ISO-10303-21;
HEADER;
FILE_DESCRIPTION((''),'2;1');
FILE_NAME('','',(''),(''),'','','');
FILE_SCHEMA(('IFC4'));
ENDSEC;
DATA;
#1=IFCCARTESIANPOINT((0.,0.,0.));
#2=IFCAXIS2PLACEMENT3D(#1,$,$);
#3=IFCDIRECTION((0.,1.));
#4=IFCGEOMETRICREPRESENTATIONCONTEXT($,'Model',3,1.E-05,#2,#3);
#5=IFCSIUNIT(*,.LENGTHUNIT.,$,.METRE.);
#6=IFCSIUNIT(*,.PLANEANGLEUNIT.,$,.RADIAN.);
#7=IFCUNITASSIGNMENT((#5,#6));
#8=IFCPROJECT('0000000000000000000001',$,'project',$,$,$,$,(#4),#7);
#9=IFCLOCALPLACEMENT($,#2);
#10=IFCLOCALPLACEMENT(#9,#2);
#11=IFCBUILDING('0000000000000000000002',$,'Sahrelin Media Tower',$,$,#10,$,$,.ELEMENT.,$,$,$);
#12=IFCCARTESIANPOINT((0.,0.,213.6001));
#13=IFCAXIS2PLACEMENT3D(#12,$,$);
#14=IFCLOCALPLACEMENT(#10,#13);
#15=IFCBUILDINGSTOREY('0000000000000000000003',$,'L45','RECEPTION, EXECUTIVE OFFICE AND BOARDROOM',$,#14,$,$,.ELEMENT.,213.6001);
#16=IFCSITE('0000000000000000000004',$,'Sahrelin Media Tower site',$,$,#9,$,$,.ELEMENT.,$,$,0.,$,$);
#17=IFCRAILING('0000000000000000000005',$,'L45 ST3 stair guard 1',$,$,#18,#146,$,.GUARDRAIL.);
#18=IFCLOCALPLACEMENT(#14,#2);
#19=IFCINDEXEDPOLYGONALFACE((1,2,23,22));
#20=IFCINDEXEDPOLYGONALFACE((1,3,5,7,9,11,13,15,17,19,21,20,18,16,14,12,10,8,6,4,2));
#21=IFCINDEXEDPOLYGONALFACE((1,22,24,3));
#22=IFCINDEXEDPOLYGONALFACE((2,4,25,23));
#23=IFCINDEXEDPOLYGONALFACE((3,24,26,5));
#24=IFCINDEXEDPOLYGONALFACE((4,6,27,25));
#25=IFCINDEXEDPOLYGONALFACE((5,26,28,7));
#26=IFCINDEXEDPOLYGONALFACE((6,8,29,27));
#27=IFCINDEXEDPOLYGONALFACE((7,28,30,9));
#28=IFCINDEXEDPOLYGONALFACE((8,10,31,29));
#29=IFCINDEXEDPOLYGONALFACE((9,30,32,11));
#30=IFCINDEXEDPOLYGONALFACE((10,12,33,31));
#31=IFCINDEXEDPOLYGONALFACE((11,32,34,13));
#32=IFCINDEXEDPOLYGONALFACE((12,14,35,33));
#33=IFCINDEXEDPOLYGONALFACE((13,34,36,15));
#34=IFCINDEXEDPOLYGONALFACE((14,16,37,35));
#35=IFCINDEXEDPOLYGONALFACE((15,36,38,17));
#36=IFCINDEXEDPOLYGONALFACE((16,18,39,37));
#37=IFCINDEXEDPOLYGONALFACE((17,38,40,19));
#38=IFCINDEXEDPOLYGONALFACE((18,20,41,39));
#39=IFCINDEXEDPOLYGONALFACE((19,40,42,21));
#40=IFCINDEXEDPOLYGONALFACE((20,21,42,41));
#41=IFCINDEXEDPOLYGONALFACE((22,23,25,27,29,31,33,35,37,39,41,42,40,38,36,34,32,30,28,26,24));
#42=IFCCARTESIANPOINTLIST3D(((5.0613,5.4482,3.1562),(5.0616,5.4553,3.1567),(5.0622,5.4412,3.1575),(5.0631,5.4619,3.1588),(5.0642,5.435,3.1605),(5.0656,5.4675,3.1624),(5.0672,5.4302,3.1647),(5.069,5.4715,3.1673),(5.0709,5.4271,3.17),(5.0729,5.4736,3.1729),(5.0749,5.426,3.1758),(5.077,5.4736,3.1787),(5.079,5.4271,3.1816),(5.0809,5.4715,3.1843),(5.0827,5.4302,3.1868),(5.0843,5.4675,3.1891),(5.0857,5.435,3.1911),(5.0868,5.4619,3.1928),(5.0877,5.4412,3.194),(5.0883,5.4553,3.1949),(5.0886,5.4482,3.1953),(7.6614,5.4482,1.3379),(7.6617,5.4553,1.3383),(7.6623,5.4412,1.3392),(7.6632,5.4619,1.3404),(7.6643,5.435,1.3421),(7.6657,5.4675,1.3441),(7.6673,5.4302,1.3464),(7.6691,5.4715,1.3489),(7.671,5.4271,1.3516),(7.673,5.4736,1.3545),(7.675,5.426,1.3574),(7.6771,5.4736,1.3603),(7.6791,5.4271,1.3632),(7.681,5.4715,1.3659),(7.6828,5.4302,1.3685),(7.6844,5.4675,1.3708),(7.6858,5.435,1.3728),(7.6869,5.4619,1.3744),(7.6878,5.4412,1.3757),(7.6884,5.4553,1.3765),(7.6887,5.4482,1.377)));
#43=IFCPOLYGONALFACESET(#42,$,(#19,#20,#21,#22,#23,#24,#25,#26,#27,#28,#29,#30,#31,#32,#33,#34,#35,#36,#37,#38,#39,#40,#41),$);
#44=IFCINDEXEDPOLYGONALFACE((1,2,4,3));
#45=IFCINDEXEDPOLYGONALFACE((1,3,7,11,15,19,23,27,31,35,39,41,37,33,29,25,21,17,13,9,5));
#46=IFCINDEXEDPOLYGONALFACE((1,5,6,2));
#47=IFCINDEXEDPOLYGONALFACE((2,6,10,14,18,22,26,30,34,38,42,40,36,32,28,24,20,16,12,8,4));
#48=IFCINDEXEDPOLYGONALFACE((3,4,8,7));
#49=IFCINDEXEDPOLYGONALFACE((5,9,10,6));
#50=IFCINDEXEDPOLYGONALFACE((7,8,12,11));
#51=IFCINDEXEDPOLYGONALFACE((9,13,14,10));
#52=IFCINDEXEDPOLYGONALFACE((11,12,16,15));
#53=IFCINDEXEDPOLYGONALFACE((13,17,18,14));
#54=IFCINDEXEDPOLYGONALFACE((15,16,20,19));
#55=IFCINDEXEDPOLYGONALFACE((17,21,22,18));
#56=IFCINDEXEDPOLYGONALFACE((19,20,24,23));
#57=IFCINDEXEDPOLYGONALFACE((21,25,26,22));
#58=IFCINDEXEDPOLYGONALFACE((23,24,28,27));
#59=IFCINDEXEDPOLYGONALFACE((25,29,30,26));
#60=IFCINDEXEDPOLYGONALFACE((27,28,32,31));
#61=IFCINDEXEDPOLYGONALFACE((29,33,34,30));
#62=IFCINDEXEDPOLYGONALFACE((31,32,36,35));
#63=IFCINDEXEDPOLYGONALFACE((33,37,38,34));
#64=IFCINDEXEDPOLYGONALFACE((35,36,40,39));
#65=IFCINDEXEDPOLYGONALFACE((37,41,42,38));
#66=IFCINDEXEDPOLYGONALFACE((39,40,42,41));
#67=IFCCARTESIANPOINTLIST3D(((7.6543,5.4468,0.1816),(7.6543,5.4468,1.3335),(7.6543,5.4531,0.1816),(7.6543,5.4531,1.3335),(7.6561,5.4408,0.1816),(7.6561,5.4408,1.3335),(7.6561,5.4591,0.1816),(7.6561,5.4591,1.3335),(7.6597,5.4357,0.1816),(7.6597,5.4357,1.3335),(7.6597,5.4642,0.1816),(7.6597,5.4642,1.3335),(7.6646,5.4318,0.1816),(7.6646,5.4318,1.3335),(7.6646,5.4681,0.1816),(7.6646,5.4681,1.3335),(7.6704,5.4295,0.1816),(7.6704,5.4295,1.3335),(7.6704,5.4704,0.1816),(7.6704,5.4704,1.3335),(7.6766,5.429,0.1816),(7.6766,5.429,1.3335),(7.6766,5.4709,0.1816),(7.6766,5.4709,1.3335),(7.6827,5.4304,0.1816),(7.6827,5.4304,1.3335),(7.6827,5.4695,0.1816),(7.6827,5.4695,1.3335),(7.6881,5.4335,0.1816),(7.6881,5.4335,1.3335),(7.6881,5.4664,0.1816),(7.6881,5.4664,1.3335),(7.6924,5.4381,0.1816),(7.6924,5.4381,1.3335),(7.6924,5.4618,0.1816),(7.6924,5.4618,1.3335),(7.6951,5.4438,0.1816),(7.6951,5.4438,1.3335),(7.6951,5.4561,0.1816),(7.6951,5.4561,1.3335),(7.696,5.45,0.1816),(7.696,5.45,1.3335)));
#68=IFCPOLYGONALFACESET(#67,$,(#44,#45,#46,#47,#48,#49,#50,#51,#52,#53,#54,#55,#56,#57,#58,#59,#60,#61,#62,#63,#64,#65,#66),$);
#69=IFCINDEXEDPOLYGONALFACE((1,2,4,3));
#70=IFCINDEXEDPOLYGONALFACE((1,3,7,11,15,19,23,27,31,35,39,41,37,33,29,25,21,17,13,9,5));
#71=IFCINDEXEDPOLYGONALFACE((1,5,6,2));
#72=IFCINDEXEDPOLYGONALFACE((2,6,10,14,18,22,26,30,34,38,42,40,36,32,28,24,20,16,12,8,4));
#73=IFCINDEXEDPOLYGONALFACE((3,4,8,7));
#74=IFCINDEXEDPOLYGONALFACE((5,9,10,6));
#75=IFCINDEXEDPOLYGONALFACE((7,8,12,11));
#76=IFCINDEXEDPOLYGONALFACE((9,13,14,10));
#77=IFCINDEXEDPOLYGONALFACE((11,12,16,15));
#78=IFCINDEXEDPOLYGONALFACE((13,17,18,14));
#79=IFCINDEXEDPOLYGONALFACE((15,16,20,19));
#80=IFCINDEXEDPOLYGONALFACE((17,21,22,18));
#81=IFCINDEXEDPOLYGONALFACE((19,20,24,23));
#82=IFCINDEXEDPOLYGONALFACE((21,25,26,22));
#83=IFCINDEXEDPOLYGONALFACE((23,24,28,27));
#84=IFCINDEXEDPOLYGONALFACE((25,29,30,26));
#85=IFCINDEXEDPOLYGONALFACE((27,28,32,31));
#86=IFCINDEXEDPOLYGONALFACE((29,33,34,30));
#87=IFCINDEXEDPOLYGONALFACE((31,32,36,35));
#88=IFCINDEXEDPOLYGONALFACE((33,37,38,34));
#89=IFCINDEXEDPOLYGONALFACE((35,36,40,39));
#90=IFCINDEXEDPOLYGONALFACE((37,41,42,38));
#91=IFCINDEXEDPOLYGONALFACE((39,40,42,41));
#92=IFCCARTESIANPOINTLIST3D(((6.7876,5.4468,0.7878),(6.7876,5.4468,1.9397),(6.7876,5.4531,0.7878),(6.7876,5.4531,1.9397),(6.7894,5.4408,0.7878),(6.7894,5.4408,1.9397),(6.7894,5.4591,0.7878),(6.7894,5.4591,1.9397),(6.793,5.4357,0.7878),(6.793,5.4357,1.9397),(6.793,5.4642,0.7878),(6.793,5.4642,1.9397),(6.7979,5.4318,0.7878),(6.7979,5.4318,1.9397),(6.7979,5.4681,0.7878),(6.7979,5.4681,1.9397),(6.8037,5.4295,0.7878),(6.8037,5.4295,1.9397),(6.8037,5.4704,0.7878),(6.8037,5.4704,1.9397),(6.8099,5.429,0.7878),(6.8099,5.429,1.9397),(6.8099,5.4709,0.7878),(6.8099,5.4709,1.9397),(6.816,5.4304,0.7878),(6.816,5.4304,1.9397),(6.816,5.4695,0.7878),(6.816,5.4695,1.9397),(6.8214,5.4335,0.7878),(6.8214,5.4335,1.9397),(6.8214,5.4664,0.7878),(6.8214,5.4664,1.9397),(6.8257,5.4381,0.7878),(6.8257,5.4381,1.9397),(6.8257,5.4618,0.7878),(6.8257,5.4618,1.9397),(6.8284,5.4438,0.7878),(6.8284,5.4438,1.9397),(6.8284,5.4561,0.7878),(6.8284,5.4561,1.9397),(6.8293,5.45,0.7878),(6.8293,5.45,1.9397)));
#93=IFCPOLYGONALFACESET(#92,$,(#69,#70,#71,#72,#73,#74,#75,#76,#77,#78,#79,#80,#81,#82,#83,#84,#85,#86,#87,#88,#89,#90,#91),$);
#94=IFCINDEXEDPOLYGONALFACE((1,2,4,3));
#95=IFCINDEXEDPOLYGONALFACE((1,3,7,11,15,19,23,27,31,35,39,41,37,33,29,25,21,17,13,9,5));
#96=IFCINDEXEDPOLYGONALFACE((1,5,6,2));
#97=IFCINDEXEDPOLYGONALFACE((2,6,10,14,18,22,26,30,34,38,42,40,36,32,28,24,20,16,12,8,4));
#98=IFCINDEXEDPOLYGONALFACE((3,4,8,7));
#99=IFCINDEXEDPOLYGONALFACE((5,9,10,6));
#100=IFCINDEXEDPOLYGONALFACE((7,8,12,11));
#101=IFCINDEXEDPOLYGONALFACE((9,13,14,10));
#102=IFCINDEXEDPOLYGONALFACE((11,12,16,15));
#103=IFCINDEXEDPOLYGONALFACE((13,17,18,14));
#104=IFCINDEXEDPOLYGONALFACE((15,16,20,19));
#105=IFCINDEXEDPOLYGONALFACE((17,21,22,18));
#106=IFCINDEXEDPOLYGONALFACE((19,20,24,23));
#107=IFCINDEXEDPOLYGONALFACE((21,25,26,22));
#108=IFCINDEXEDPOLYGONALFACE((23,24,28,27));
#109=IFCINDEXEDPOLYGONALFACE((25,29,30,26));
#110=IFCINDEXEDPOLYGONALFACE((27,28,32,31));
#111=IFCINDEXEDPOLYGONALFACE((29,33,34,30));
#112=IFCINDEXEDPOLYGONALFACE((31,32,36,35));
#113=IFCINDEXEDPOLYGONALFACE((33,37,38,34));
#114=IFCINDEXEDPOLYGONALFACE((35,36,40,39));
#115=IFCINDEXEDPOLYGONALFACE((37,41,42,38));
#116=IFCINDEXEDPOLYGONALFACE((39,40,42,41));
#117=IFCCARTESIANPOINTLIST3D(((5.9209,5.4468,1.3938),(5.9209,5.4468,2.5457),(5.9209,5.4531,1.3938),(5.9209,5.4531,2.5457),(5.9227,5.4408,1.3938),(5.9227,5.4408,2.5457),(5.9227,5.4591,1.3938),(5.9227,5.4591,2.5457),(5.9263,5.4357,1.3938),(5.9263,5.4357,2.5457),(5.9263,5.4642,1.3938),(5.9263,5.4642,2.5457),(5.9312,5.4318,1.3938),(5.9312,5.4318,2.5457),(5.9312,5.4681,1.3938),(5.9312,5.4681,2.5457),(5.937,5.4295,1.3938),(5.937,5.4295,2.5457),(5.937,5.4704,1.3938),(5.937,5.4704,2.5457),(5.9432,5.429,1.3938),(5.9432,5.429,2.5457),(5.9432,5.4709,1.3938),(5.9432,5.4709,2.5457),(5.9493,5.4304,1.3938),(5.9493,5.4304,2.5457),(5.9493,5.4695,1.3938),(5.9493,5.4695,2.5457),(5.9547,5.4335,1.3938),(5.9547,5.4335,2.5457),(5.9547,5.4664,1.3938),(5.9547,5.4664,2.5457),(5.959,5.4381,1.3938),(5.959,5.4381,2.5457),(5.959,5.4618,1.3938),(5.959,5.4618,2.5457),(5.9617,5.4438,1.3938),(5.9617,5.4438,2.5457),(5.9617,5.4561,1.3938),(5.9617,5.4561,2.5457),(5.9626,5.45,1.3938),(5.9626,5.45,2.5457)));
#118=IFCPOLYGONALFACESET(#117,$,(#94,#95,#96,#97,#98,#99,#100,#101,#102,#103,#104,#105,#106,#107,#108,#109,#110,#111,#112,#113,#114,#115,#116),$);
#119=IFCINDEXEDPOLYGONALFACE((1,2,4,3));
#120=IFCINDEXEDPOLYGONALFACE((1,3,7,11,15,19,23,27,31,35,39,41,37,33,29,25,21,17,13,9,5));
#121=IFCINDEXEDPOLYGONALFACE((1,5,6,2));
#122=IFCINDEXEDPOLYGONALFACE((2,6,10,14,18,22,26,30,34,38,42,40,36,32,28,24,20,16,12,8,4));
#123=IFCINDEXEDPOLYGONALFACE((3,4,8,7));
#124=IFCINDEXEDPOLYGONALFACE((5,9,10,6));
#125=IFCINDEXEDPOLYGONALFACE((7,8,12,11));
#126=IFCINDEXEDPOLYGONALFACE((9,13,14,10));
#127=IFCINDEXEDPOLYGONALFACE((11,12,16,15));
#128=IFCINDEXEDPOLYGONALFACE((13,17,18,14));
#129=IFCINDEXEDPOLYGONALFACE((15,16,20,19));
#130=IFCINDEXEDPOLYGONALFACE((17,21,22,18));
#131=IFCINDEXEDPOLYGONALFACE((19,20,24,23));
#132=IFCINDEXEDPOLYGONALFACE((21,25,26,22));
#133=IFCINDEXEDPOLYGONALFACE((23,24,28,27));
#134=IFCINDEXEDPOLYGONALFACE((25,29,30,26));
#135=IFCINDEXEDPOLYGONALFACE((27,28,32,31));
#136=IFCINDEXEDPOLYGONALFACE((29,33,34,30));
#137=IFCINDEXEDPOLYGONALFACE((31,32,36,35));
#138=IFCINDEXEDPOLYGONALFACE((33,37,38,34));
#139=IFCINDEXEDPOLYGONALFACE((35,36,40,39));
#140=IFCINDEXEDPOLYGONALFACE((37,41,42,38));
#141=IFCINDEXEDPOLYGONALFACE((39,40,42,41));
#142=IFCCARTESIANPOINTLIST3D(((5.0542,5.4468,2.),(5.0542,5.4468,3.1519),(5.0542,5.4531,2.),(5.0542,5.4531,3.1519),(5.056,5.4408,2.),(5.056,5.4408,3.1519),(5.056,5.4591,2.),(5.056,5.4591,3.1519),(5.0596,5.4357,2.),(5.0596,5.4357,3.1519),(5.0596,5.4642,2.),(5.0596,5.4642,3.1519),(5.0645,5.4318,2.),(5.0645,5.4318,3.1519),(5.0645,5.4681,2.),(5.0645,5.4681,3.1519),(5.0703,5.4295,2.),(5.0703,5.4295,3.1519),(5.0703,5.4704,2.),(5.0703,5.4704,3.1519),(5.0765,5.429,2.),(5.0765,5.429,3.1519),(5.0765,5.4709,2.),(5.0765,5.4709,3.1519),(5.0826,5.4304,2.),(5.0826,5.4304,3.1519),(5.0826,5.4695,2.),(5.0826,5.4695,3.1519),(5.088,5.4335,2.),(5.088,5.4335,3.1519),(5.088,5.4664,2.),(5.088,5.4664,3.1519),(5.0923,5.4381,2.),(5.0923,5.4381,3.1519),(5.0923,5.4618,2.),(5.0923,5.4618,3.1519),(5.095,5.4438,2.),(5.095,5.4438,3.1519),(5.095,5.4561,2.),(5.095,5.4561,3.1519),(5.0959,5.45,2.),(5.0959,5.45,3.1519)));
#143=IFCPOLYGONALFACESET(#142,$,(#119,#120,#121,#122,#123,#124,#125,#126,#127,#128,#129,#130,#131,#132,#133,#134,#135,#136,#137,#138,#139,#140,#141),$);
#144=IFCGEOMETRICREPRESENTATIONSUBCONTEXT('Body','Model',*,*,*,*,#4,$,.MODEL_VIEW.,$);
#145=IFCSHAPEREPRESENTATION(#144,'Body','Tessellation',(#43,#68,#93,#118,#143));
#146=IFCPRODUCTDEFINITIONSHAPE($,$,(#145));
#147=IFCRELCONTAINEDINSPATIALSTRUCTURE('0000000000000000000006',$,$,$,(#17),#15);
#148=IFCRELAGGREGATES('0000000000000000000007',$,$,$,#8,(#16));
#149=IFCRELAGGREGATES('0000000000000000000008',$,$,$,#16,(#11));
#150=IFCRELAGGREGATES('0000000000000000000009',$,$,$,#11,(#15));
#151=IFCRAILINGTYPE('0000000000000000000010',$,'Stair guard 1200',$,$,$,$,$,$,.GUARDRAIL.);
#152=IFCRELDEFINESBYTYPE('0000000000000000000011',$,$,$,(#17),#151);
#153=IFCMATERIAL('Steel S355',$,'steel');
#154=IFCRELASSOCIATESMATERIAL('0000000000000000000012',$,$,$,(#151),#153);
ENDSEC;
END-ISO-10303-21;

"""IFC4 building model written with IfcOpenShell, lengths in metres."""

from ifc_helpers import new_model, si_unit, direction, frame, origin, origin_2d, place, context, subcontext, project, spatial, circle, extrude, material, type_object, element, save


model = new_model("IFC4")

# Units and contexts
model_context = context("Model", 3, precision=1e-05, world=origin(), true_north=direction((0.0, 1.0)))
body_context = subcontext(model_context, "Body", "Model", "MODEL_VIEW")
ifc_project = project(units=[si_unit("LENGTHUNIT", "METRE"), si_unit("PLANEANGLEUNIT", "RADIAN")], contexts=[model_context])

# Site, building, storey
site_placement = place(None, origin())
site = spatial("IfcSite", under=ifc_project, at=site_placement, Name="Sahrelin Media Tower site", CompositionType="ELEMENT", RefElevation=0.0)
building_placement = place(site_placement, origin())
building = spatial("IfcBuilding", under=site, at=building_placement, Name="Sahrelin Media Tower", CompositionType="ELEMENT")
storey_placement = place(building_placement, frame((0.0, 0.0, 213.6001)))
storey = spatial("IfcBuildingStorey", under=building, at=storey_placement, Name="L45", Description="RECEPTION, EXECUTIVE OFFICE AND BOARDROOM", CompositionType="ELEMENT", Elevation=213.6001)

# Shared definitions
ifc_material_1 = material(Name="Steel S355", Category="steel")

# Railing
railing_type_1 = type_object("IfcRailingType", Name="Stair guard 1200", PredefinedType="GUARDRAIL", material=ifc_material_1)
railing_1_placement = place(storey_placement, frame((7.675, 5.45, 0.1816)))
element("IfcRailing", 1, at=railing_1_placement, inside=storey, type_object=railing_type_1, Name="L45 ST3 stair guard 1", PredefinedType="GUARDRAIL", context=body_context, shape_type="SweptSolid", body=[
    extrude(circle(Radius=0.0239, at=origin_2d()), frame((0.0, 0.0, 1.1758), z_axis=(-0.819485, 0.0, 0.573101), x_axis=(0.0, -1.0, 0.0)), (0.0, 0.0, 1.0), 3.1729),
    extrude(circle(Radius=0.021, at=origin_2d()), origin(), (0.0, 0.0, 1.0), 1.1519),
    extrude(circle(Radius=0.021, at=origin_2d()), frame((-0.8667, 0.0, 0.6062)), (0.0, 0.0, 1.0), 1.1519),
    extrude(circle(Radius=0.021, at=origin_2d()), frame((-1.7334, 0.0, 1.2122)), (0.0, 0.0, 1.0), 1.1519),
    extrude(circle(Radius=0.021, at=origin_2d()), frame((-2.6001, 0.0, 1.8184)), (0.0, 0.0, 1.0), 1.1519),
])

save(model, "model.ifc")
